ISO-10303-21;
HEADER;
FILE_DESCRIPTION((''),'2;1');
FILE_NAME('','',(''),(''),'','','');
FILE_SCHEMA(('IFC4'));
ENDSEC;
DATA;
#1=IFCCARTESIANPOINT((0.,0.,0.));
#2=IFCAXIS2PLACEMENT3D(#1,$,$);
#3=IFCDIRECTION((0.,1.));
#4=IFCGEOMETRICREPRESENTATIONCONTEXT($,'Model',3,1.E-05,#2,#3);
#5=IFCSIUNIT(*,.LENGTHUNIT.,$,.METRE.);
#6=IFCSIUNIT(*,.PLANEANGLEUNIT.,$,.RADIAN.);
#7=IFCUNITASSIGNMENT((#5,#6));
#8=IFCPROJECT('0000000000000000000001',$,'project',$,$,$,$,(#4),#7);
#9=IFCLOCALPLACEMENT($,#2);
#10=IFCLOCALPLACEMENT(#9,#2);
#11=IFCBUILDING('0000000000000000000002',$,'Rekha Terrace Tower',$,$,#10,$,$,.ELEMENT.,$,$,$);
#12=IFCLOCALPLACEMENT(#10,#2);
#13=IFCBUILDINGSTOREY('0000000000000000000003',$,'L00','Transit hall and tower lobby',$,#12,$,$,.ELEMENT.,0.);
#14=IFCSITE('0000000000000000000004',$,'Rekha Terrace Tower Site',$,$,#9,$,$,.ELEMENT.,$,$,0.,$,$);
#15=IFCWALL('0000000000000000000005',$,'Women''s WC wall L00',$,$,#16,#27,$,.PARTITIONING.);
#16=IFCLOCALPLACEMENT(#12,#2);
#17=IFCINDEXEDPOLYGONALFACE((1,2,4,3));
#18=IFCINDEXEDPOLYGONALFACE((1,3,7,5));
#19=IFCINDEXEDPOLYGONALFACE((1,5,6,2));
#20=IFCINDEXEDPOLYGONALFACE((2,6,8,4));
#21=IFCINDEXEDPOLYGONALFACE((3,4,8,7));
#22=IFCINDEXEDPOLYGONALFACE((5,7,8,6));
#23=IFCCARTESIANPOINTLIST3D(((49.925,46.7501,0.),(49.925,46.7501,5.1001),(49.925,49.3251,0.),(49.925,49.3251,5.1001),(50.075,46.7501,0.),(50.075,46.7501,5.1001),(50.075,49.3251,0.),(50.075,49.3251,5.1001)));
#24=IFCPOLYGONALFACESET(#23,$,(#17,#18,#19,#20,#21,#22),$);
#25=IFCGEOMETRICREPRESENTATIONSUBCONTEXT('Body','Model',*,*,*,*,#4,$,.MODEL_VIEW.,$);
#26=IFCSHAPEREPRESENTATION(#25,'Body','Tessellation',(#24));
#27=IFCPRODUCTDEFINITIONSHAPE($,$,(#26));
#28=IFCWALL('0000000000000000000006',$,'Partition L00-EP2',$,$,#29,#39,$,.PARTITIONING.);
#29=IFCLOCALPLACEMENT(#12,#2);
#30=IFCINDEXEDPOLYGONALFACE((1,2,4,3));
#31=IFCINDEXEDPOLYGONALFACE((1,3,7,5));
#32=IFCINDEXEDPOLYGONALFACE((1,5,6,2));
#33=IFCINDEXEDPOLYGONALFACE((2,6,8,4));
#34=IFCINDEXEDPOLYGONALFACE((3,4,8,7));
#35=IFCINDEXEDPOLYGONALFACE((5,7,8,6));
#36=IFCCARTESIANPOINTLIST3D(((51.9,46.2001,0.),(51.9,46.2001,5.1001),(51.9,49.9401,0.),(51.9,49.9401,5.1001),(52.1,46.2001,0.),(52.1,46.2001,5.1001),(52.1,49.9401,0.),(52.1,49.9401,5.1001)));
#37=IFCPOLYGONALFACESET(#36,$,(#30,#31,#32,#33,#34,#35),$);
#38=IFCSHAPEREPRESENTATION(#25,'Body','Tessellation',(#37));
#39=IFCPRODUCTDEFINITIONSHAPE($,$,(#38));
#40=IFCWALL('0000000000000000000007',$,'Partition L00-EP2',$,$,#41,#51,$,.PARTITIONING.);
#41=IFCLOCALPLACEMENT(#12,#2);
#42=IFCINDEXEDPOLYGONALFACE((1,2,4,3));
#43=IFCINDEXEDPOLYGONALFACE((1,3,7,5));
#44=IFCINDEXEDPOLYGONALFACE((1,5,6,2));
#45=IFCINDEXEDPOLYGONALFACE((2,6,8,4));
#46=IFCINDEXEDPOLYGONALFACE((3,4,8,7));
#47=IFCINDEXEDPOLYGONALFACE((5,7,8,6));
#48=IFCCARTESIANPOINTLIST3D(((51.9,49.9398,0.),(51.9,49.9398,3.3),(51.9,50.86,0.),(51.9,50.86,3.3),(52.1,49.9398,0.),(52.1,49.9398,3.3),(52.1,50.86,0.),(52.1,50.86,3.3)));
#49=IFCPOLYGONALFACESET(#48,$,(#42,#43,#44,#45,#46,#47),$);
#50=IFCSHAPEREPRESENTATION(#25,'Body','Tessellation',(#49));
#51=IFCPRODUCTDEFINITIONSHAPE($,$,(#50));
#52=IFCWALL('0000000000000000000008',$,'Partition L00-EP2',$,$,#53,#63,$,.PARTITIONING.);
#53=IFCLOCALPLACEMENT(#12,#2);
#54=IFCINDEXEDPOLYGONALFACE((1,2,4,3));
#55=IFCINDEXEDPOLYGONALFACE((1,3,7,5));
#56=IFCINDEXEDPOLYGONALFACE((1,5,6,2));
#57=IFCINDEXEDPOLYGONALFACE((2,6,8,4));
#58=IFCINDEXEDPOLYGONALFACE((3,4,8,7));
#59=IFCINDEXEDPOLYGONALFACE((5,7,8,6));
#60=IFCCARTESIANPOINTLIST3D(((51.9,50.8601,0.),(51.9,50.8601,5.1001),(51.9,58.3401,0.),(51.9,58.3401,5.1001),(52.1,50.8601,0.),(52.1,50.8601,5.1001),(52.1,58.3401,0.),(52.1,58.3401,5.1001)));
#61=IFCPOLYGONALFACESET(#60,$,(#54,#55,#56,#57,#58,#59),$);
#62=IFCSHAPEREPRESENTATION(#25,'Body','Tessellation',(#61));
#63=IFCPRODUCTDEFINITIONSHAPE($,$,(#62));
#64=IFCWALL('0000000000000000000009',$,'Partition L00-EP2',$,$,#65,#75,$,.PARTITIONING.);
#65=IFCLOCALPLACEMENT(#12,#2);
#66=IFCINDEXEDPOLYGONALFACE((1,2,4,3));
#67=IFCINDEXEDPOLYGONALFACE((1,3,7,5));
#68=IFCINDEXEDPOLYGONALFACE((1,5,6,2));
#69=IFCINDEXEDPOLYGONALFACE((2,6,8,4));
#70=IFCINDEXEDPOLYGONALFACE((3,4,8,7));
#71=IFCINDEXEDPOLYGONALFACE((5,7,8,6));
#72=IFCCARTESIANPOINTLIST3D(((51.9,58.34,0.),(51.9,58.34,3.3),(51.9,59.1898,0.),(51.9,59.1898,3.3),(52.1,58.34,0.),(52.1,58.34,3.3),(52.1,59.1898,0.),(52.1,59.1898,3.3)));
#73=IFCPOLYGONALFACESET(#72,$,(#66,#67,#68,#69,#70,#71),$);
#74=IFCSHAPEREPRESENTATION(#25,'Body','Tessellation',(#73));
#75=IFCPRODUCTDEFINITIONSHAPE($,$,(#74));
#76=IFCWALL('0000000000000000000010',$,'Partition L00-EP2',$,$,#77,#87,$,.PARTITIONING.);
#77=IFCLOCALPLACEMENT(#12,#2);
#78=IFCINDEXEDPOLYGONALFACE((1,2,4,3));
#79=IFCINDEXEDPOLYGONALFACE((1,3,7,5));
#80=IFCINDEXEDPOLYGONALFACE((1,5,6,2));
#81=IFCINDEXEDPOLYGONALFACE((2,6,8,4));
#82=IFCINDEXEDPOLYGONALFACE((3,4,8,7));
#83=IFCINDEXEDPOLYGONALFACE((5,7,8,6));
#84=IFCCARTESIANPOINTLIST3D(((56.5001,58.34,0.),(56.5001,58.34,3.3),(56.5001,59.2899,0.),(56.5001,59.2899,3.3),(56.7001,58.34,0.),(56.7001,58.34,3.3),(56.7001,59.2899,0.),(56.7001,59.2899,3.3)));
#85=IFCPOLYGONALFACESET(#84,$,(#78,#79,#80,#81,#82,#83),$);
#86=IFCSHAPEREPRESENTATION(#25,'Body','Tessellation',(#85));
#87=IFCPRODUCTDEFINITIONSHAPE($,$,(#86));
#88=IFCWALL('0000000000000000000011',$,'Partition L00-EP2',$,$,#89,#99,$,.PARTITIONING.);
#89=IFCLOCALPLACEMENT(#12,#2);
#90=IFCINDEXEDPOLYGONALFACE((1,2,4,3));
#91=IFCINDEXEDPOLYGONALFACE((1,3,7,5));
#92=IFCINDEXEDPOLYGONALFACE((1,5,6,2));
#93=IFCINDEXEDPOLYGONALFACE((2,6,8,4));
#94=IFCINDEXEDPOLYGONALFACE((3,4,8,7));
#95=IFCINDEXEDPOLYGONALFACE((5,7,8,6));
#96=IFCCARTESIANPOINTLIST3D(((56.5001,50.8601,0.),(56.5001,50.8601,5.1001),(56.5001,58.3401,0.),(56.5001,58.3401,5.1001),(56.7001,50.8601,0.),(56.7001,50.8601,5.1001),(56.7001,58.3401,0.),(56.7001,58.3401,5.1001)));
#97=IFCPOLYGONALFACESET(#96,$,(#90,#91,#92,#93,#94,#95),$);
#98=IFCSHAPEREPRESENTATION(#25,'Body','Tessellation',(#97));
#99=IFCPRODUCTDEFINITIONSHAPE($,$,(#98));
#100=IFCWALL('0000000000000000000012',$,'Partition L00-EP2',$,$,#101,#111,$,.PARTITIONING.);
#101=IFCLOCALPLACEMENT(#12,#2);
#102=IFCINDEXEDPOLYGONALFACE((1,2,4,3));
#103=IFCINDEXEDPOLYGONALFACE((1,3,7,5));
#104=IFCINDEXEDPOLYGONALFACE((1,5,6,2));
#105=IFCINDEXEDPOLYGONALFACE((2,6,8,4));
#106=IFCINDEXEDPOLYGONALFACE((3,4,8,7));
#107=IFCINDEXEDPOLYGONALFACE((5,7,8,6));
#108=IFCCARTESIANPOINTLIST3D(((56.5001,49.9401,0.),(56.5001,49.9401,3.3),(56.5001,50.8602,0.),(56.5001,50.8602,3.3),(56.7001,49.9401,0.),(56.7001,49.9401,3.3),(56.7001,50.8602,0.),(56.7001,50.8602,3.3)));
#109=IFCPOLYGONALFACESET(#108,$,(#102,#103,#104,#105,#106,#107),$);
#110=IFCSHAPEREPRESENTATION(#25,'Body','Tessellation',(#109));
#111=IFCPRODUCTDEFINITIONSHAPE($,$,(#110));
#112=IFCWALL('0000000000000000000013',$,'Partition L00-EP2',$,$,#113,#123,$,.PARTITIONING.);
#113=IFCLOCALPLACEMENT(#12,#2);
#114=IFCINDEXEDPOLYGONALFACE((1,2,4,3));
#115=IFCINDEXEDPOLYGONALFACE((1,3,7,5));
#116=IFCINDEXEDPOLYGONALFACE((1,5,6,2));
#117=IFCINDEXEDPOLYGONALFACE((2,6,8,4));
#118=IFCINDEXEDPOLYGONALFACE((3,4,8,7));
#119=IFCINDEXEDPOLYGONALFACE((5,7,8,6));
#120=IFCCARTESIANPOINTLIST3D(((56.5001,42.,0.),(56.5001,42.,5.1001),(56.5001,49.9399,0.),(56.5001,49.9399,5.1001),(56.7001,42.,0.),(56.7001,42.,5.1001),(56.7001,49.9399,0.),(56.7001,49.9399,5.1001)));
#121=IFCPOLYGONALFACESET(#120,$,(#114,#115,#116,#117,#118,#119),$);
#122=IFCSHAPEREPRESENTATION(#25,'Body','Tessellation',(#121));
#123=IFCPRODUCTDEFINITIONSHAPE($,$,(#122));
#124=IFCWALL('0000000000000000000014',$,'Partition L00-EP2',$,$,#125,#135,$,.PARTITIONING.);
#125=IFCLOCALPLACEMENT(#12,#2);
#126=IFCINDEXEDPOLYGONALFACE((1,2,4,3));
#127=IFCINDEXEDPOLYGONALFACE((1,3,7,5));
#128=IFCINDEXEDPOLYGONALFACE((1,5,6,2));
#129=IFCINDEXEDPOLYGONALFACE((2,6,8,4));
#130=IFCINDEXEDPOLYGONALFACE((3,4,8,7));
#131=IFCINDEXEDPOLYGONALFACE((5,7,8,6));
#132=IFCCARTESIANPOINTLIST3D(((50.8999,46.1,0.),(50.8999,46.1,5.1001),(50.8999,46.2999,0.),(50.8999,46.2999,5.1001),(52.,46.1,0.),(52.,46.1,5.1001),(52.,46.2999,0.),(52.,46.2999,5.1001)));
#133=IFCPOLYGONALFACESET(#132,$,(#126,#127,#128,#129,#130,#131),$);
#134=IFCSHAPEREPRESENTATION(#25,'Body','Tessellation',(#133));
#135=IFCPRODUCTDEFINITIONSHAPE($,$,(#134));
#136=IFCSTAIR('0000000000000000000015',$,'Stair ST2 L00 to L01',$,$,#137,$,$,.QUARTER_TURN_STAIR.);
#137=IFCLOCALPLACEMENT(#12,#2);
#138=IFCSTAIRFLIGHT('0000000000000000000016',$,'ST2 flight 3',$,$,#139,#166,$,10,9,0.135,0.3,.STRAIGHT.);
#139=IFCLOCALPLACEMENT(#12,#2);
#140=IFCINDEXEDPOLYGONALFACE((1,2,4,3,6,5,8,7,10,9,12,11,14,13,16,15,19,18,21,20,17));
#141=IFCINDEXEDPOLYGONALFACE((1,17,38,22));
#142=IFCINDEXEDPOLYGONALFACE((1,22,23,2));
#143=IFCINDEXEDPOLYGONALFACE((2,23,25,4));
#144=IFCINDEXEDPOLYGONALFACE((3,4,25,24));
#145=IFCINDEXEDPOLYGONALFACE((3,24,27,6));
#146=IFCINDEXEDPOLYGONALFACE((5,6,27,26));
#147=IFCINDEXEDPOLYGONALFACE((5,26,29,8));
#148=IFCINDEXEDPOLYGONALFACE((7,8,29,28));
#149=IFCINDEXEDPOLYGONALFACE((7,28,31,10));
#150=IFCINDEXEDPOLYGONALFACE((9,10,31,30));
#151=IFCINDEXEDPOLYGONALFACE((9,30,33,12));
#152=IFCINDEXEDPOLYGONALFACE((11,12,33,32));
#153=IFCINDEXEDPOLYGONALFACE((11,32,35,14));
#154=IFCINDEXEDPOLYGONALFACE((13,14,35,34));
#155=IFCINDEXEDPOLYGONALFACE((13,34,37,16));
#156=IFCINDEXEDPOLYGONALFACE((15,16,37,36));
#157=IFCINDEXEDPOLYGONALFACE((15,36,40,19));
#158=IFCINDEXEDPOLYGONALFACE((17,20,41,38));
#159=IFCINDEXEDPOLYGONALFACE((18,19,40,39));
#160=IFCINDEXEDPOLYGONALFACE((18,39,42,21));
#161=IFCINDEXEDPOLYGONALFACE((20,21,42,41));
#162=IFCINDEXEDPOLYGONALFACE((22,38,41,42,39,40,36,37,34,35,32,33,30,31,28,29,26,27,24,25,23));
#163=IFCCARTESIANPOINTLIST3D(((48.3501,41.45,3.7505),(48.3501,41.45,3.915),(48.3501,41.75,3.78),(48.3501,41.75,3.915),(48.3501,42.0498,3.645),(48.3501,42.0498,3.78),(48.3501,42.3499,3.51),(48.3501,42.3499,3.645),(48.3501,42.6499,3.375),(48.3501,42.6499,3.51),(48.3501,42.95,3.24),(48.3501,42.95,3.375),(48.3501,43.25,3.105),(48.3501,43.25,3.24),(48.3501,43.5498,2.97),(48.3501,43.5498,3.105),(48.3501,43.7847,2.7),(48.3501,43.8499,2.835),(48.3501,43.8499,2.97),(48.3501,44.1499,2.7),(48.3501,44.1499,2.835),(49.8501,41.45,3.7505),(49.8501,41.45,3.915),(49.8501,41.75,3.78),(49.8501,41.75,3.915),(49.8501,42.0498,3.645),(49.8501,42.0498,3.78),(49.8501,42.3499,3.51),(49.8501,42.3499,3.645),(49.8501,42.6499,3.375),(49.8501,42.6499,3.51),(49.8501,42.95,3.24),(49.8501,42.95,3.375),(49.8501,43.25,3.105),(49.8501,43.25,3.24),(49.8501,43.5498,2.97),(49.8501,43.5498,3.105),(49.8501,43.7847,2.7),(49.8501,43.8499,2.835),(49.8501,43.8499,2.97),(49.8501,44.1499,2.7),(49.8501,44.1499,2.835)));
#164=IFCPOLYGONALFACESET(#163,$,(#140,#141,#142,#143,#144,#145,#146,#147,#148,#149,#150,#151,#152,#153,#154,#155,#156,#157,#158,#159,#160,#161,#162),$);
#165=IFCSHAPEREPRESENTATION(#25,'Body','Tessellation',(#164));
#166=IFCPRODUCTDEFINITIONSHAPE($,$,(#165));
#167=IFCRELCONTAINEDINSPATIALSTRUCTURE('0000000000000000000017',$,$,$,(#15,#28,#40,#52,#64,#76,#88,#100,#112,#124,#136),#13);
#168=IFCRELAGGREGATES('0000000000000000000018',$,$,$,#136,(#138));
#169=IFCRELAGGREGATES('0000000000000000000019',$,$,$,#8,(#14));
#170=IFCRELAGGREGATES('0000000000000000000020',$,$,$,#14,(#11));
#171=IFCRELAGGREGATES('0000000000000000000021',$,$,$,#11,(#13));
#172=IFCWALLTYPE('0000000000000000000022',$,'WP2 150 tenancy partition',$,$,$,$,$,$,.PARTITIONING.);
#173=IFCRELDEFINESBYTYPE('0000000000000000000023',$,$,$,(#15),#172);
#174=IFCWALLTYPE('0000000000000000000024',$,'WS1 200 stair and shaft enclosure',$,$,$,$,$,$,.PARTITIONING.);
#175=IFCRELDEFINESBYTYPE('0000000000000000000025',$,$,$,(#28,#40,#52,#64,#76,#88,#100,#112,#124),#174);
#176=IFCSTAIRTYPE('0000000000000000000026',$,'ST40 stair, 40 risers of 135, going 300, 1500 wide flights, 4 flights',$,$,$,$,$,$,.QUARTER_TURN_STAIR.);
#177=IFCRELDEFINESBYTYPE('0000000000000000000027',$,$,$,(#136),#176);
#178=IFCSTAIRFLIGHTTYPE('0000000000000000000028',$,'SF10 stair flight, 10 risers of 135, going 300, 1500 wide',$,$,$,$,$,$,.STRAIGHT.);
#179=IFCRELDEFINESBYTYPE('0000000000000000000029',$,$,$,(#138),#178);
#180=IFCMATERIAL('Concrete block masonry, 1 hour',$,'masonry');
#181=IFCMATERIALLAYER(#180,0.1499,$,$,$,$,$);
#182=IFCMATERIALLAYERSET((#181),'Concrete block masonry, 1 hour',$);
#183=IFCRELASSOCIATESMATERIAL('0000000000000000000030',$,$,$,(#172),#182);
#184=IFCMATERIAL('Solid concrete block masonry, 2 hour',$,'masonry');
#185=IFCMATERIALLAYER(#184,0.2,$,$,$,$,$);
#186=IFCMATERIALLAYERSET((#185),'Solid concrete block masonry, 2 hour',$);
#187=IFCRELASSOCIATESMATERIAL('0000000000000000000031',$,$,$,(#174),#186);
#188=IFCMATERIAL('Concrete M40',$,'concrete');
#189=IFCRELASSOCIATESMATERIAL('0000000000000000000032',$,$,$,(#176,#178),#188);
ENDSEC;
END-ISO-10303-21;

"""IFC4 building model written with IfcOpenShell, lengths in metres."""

from ifc_helpers import new_model, si_unit, direction, frame, frame_2d, origin, place, context, subcontext, project, spatial, polyline, rectangle, outline, extrude, material, layer, layer_set, type_object, element, aggregate, save


model = new_model("IFC4")

# Units and contexts
model_context = context("Model", 3, precision=1e-05, world=origin(), true_north=direction((0.0, 1.0)))
body_context = subcontext(model_context, "Body", "Model", "MODEL_VIEW")
ifc_project = project(units=[si_unit("LENGTHUNIT", "METRE"), si_unit("PLANEANGLEUNIT", "RADIAN")], contexts=[model_context])

# Site, building, storey
site_placement = place(None, origin())
site = spatial("IfcSite", under=ifc_project, at=site_placement, Name="Rekha Terrace Tower Site", CompositionType="ELEMENT", RefElevation=0.0)
building_placement = place(site_placement, origin())
building = spatial("IfcBuilding", under=site, at=building_placement, Name="Rekha Terrace Tower", CompositionType="ELEMENT")
storey_placement = place(building_placement, origin())
storey = spatial("IfcBuildingStorey", under=building, at=storey_placement, Name="L00", Description="Transit hall and tower lobby", CompositionType="ELEMENT", Elevation=0.0)

# Shared definitions
ifc_material_1 = material(Name="Concrete M40", Category="concrete")

# Shared definitions
ifc_material_2 = material(Name="Solid concrete block masonry, 2 hour", Category="masonry")

# Walls
ifc_material_3 = material(Name="Concrete block masonry, 1 hour", Category="masonry")
ifc_layer_1 = layer(ifc_material_3, 0.1499)
ifc_layer_set_1 = layer_set([ifc_layer_1], Name="Concrete block masonry, 1 hour")
wall_type_1 = type_object("IfcWallType", Name="WP2 150 tenancy partition", PredefinedType="PARTITIONING", material=ifc_layer_set_1)
wall_1_placement = place(storey_placement, frame((50.0, 46.75, 0.0), z_axis=(0.0, 0.0, 1.0), x_axis=(0.0, 1.0, 0.0)))
element("IfcWall", 1, at=wall_1_placement, inside=storey, type_object=wall_type_1, Name="Women's WC wall L00", PredefinedType="PARTITIONING", context=body_context, shape_type="SweptSolid", body=[
    extrude(rectangle(XDim=2.575, YDim=0.1499, at=frame_2d((1.2876, 0.0))), origin(), (0.0, 0.0, 1.0), 5.1001),
])
ifc_layer_2 = layer(ifc_material_2, 0.2)
ifc_layer_set_2 = layer_set([ifc_layer_2], Name="Solid concrete block masonry, 2 hour")
wall_type_2 = type_object("IfcWallType", Name="WS1 200 stair and shaft enclosure", PredefinedType="PARTITIONING", material=ifc_layer_set_2)
wall_2_placement = place(storey_placement, frame((52.0, 46.2, 0.0), z_axis=(0.0, 0.0, 1.0), x_axis=(0.0, 1.0, 0.0)))
element("IfcWall", 2, at=wall_2_placement, inside=storey, type_object=wall_type_2, Name="Partition L00-EP2", PredefinedType="PARTITIONING", context=body_context, shape_type="SweptSolid", body=[
    extrude(rectangle(XDim=3.74, YDim=0.2, at=frame_2d((1.8701, 0.0))), origin(), (0.0, 0.0, 1.0), 5.1001),
])
wall_3_placement = place(storey_placement, frame((52.0, 49.9399, 0.0), z_axis=(0.0, 0.0, 1.0), x_axis=(0.0, 1.0, 0.0)))
element("IfcWall", 3, at=wall_3_placement, inside=storey, type_object=wall_type_2, Name="Partition L00-EP2", PredefinedType="PARTITIONING", context=body_context, shape_type="SweptSolid", body=[
    extrude(rectangle(XDim=0.9202, YDim=0.2, at=frame_2d((0.46, 0.0))), origin(), (0.0, 0.0, 1.0), 3.3),
])
wall_4_placement = place(storey_placement, frame((52.0, 50.8601, 0.0), z_axis=(0.0, 0.0, 1.0), x_axis=(0.0, 1.0, 0.0)))
element("IfcWall", 4, at=wall_4_placement, inside=storey, type_object=wall_type_2, Name="Partition L00-EP2", PredefinedType="PARTITIONING", context=body_context, shape_type="SweptSolid", body=[
    extrude(rectangle(XDim=7.48, YDim=0.2, at=frame_2d((3.74, 0.0))), origin(), (0.0, 0.0, 1.0), 5.1001),
])
wall_5_placement = place(storey_placement, frame((52.0, 58.3401, 0.0), z_axis=(0.0, 0.0, 1.0), x_axis=(0.0, 1.0, 0.0)))
element("IfcWall", 5, at=wall_5_placement, inside=storey, type_object=wall_type_2, Name="Partition L00-EP2", PredefinedType="PARTITIONING", context=body_context, shape_type="SweptSolid", body=[
    extrude(rectangle(XDim=0.8499, YDim=0.2, at=frame_2d((0.4248, 0.0))), origin(), (0.0, 0.0, 1.0), 3.3),
])
wall_6_placement = place(storey_placement, frame((56.6001, 59.29, 0.0), z_axis=(0.0, 0.0, 1.0), x_axis=(0.0, -1.0, 0.0)))
element("IfcWall", 6, at=wall_6_placement, inside=storey, type_object=wall_type_2, Name="Partition L00-EP2", PredefinedType="PARTITIONING", context=body_context, shape_type="SweptSolid", body=[
    extrude(rectangle(XDim=0.95, YDim=0.2, at=frame_2d((0.4751, 0.0))), origin(), (0.0, 0.0, 1.0), 3.3),
])
wall_7_placement = place(storey_placement, frame((56.6001, 58.3401, 0.0), z_axis=(0.0, 0.0, 1.0), x_axis=(0.0, -1.0, 0.0)))
element("IfcWall", 7, at=wall_7_placement, inside=storey, type_object=wall_type_2, Name="Partition L00-EP2", PredefinedType="PARTITIONING", context=body_context, shape_type="SweptSolid", body=[
    extrude(rectangle(XDim=7.48, YDim=0.2, at=frame_2d((3.74, 0.0))), origin(), (0.0, 0.0, 1.0), 5.1001),
])
wall_8_placement = place(storey_placement, frame((56.6001, 50.8601, 0.0), z_axis=(0.0, 0.0, 1.0), x_axis=(0.0, -1.0, 0.0)))
element("IfcWall", 8, at=wall_8_placement, inside=storey, type_object=wall_type_2, Name="Partition L00-EP2", PredefinedType="PARTITIONING", context=body_context, shape_type="SweptSolid", body=[
    extrude(rectangle(XDim=0.9202, YDim=0.2, at=frame_2d((0.46, 0.0))), origin(), (0.0, 0.0, 1.0), 3.3),
])
wall_9_placement = place(storey_placement, frame((56.6001, 49.9399, 0.0), z_axis=(0.0, 0.0, 1.0), x_axis=(0.0, -1.0, 0.0)))
element("IfcWall", 9, at=wall_9_placement, inside=storey, type_object=wall_type_2, Name="Partition L00-EP2", PredefinedType="PARTITIONING", context=body_context, shape_type="SweptSolid", body=[
    extrude(rectangle(XDim=7.9399, YDim=0.2, at=frame_2d((3.97, 0.0))), origin(), (0.0, 0.0, 1.0), 5.1001),
])
wall_10_placement = place(storey_placement, frame((50.8999, 46.2, 0.0), z_axis=(0.0, 0.0, 1.0), x_axis=(1.0, 0.0, 0.0)))
element("IfcWall", 10, at=wall_10_placement, inside=storey, type_object=wall_type_2, Name="Partition L00-EP2", PredefinedType="PARTITIONING", context=body_context, shape_type="SweptSolid", body=[
    extrude(rectangle(XDim=1.1001, YDim=0.2, at=frame_2d((0.55, 0.0))), origin(), (0.0, 0.0, 1.0), 5.1001),
])

# Stair, stair flight
stair_type = type_object("IfcStairType", Name="ST40 stair, 40 risers of 135, going 300, 1500 wide flights, 4 flights", PredefinedType="QUARTER_TURN_STAIR", material=ifc_material_1)
stair_placement = place(storey_placement, origin())
stair = element("IfcStair", 11, at=stair_placement, inside=storey, type_object=stair_type, Name="Stair ST2 L00 to L01", PredefinedType="QUARTER_TURN_STAIR")
stair_flight_type = type_object("IfcStairFlightType", Name="SF10 stair flight, 10 risers of 135, going 300, 1500 wide", PredefinedType="STRAIGHT", material=ifc_material_1)
stair_flight_placement = place(storey_placement, frame((49.1001, 44.1499, 2.7), z_axis=(0.0, 0.0, 1.0), x_axis=(0.0, -1.0, 0.0)))
stair_flight = element("IfcStairFlight", 12, at=stair_flight_placement, type_object=stair_flight_type, Name="ST2 flight 3", NumberOfRisers=10, NumberOfTreads=9, PredefinedType="STRAIGHT", RiserHeight=0.135, TreadLength=0.3, context=body_context, shape_type="SweptSolid", body=[
    extrude(outline(polyline([(0.0, 0.0), (0.0, 0.135), (0.3, 0.135), (0.3, 0.27), (0.6001, 0.27), (0.6001, 0.405), (0.8999, 0.405), (0.8999, 0.54), (1.2, 0.54), (1.2, 0.675), (1.5, 0.675), (1.5, 0.8101), (1.8, 0.8101), (1.8, 0.9451), (2.1001, 0.9451), (2.1001, 1.0801), (2.3999, 1.0801), (2.3999, 1.2151), (2.7, 1.2151), (2.7, 1.3501), (2.7, 1.0505), (0.3652, 0.0), (0.0, 0.0)])), frame((0.0, 0.75, 0.0), z_axis=(0.0, -1.0, 0.0), x_axis=(1.0, 0.0, 0.0)), (0.0, 0.0, 1.0), 1.5),
])
aggregate(stair, [stair_flight])

save(model, "model.ifc")
